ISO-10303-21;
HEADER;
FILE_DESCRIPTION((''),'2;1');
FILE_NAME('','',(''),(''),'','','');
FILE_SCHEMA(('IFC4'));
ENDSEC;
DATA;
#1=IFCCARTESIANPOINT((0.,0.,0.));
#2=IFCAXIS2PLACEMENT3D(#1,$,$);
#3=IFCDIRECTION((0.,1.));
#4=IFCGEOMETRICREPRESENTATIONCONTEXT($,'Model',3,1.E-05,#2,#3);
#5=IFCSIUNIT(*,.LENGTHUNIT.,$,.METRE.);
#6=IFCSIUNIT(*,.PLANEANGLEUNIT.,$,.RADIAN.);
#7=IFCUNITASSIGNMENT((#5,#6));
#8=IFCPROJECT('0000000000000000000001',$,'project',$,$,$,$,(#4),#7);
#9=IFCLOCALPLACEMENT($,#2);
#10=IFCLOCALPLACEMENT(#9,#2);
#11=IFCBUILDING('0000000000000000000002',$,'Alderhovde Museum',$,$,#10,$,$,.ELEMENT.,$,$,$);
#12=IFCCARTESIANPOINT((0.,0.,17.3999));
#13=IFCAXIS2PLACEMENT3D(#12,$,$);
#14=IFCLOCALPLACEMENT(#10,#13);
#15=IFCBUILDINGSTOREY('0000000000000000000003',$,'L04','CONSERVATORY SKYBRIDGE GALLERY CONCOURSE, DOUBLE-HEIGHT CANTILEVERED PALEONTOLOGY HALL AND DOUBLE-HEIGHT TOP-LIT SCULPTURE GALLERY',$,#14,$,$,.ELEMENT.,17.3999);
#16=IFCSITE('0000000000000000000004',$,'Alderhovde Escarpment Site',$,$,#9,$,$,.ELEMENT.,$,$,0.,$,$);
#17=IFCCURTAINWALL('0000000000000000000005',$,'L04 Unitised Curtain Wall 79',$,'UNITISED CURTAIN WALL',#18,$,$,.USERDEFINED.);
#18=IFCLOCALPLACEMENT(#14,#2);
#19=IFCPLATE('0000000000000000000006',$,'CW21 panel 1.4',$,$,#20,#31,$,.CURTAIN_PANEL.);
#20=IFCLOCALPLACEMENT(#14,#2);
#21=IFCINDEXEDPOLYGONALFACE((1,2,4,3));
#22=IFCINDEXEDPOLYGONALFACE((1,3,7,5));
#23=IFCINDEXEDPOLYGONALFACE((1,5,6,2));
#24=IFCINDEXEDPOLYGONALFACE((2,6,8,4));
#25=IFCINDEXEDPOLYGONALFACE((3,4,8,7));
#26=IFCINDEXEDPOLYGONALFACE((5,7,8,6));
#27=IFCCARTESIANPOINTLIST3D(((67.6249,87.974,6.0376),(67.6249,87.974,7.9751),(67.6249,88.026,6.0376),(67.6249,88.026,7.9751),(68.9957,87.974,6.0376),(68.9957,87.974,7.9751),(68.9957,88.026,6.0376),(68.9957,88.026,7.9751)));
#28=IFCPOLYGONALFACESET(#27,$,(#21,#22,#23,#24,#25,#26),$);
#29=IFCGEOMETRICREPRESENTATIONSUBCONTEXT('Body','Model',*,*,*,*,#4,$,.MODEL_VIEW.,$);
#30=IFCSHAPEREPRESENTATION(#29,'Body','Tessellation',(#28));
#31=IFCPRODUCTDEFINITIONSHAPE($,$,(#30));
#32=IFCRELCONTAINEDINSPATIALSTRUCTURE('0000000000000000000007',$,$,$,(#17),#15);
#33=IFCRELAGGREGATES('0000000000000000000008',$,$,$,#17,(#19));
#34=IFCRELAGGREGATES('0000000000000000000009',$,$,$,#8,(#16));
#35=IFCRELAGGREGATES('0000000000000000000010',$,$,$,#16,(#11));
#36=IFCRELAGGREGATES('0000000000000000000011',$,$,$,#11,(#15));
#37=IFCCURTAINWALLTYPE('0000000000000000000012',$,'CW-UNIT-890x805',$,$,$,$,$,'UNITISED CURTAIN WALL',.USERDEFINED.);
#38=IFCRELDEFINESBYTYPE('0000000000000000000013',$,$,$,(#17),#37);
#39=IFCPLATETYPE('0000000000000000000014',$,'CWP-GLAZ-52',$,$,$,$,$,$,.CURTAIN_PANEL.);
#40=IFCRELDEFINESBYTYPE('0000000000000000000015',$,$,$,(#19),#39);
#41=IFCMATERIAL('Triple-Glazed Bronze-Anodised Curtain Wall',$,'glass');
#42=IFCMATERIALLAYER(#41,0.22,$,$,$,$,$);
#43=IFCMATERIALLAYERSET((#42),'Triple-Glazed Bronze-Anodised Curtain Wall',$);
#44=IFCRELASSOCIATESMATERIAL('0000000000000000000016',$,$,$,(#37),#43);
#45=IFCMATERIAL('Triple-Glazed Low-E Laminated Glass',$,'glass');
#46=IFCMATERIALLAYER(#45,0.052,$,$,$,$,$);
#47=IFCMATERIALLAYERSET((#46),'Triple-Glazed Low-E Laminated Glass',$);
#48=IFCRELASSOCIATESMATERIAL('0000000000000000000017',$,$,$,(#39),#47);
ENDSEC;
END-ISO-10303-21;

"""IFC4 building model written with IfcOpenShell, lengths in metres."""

from ifc_helpers import new_model, si_unit, direction, frame, origin, origin_2d, place, context, subcontext, project, spatial, rectangle, extrude, material, layer, layer_set, type_object, element, aggregate, save


model = new_model("IFC4")

# Units and contexts
model_context = context("Model", 3, precision=1e-05, world=origin(), true_north=direction((0.0, 1.0)))
body_context = subcontext(model_context, "Body", "Model", "MODEL_VIEW")
ifc_project = project(units=[si_unit("LENGTHUNIT", "METRE"), si_unit("PLANEANGLEUNIT", "RADIAN")], contexts=[model_context])

# Site, building, storey
site_placement = place(None, origin())
site = spatial("IfcSite", under=ifc_project, at=site_placement, Name="Alderhovde Escarpment Site", CompositionType="ELEMENT", RefElevation=0.0)
building_placement = place(site_placement, origin())
building = spatial("IfcBuilding", under=site, at=building_placement, Name="Alderhovde Museum", CompositionType="ELEMENT")
storey_placement = place(building_placement, frame((0.0, 0.0, 17.3999)))
storey = spatial("IfcBuildingStorey", under=building, at=storey_placement, Name="L04", Description="CONSERVATORY SKYBRIDGE GALLERY CONCOURSE, DOUBLE-HEIGHT CANTILEVERED PALEONTOLOGY HALL AND DOUBLE-HEIGHT TOP-LIT SCULPTURE GALLERY", CompositionType="ELEMENT", Elevation=17.3999)

# Curtain wall
ifc_material_1 = material(Name="Triple-Glazed Bronze-Anodised Curtain Wall", Category="glass")
ifc_layer_1 = layer(ifc_material_1, 0.22)
ifc_layer_set_1 = layer_set([ifc_layer_1], Name="Triple-Glazed Bronze-Anodised Curtain Wall")
curtain_wall_type = type_object("IfcCurtainWallType", Name="CW-UNIT-890x805", ElementType="UNITISED CURTAIN WALL", PredefinedType="USERDEFINED", material=ifc_layer_set_1)
curtain_wall_1_placement = place(storey_placement, origin())
curtain_wall_1 = element("IfcCurtainWall", 1, at=curtain_wall_1_placement, inside=storey, type_object=curtain_wall_type, Name="L04 Unitised Curtain Wall 79", ObjectType="UNITISED CURTAIN WALL", PredefinedType="USERDEFINED")

# Plate
ifc_material_2 = material(Name="Triple-Glazed Low-E Laminated Glass", Category="glass")
ifc_layer_2 = layer(ifc_material_2, 0.052)
ifc_layer_set_2 = layer_set([ifc_layer_2], Name="Triple-Glazed Low-E Laminated Glass")
plate_type_1 = type_object("IfcPlateType", Name="CWP-GLAZ-52", PredefinedType="CURTAIN_PANEL", material=ifc_layer_set_2)
plate_1_placement = place(storey_placement, frame((68.3103, 88.0, 6.0376), z_axis=(0.0, 0.0, 1.0), x_axis=(1.0, 0.0, 0.0)))
plate_1 = element("IfcPlate", 2, at=plate_1_placement, type_object=plate_type_1, Name="CW21 panel 1.4", PredefinedType="CURTAIN_PANEL", context=body_context, shape_type="SweptSolid", body=[
    extrude(rectangle(XDim=1.3708, YDim=0.052, at=origin_2d()), origin(), (0.0, 0.0, 1.0), 1.9375),
])
aggregate(curtain_wall_1, [plate_1])

save(model, "model.ifc")
